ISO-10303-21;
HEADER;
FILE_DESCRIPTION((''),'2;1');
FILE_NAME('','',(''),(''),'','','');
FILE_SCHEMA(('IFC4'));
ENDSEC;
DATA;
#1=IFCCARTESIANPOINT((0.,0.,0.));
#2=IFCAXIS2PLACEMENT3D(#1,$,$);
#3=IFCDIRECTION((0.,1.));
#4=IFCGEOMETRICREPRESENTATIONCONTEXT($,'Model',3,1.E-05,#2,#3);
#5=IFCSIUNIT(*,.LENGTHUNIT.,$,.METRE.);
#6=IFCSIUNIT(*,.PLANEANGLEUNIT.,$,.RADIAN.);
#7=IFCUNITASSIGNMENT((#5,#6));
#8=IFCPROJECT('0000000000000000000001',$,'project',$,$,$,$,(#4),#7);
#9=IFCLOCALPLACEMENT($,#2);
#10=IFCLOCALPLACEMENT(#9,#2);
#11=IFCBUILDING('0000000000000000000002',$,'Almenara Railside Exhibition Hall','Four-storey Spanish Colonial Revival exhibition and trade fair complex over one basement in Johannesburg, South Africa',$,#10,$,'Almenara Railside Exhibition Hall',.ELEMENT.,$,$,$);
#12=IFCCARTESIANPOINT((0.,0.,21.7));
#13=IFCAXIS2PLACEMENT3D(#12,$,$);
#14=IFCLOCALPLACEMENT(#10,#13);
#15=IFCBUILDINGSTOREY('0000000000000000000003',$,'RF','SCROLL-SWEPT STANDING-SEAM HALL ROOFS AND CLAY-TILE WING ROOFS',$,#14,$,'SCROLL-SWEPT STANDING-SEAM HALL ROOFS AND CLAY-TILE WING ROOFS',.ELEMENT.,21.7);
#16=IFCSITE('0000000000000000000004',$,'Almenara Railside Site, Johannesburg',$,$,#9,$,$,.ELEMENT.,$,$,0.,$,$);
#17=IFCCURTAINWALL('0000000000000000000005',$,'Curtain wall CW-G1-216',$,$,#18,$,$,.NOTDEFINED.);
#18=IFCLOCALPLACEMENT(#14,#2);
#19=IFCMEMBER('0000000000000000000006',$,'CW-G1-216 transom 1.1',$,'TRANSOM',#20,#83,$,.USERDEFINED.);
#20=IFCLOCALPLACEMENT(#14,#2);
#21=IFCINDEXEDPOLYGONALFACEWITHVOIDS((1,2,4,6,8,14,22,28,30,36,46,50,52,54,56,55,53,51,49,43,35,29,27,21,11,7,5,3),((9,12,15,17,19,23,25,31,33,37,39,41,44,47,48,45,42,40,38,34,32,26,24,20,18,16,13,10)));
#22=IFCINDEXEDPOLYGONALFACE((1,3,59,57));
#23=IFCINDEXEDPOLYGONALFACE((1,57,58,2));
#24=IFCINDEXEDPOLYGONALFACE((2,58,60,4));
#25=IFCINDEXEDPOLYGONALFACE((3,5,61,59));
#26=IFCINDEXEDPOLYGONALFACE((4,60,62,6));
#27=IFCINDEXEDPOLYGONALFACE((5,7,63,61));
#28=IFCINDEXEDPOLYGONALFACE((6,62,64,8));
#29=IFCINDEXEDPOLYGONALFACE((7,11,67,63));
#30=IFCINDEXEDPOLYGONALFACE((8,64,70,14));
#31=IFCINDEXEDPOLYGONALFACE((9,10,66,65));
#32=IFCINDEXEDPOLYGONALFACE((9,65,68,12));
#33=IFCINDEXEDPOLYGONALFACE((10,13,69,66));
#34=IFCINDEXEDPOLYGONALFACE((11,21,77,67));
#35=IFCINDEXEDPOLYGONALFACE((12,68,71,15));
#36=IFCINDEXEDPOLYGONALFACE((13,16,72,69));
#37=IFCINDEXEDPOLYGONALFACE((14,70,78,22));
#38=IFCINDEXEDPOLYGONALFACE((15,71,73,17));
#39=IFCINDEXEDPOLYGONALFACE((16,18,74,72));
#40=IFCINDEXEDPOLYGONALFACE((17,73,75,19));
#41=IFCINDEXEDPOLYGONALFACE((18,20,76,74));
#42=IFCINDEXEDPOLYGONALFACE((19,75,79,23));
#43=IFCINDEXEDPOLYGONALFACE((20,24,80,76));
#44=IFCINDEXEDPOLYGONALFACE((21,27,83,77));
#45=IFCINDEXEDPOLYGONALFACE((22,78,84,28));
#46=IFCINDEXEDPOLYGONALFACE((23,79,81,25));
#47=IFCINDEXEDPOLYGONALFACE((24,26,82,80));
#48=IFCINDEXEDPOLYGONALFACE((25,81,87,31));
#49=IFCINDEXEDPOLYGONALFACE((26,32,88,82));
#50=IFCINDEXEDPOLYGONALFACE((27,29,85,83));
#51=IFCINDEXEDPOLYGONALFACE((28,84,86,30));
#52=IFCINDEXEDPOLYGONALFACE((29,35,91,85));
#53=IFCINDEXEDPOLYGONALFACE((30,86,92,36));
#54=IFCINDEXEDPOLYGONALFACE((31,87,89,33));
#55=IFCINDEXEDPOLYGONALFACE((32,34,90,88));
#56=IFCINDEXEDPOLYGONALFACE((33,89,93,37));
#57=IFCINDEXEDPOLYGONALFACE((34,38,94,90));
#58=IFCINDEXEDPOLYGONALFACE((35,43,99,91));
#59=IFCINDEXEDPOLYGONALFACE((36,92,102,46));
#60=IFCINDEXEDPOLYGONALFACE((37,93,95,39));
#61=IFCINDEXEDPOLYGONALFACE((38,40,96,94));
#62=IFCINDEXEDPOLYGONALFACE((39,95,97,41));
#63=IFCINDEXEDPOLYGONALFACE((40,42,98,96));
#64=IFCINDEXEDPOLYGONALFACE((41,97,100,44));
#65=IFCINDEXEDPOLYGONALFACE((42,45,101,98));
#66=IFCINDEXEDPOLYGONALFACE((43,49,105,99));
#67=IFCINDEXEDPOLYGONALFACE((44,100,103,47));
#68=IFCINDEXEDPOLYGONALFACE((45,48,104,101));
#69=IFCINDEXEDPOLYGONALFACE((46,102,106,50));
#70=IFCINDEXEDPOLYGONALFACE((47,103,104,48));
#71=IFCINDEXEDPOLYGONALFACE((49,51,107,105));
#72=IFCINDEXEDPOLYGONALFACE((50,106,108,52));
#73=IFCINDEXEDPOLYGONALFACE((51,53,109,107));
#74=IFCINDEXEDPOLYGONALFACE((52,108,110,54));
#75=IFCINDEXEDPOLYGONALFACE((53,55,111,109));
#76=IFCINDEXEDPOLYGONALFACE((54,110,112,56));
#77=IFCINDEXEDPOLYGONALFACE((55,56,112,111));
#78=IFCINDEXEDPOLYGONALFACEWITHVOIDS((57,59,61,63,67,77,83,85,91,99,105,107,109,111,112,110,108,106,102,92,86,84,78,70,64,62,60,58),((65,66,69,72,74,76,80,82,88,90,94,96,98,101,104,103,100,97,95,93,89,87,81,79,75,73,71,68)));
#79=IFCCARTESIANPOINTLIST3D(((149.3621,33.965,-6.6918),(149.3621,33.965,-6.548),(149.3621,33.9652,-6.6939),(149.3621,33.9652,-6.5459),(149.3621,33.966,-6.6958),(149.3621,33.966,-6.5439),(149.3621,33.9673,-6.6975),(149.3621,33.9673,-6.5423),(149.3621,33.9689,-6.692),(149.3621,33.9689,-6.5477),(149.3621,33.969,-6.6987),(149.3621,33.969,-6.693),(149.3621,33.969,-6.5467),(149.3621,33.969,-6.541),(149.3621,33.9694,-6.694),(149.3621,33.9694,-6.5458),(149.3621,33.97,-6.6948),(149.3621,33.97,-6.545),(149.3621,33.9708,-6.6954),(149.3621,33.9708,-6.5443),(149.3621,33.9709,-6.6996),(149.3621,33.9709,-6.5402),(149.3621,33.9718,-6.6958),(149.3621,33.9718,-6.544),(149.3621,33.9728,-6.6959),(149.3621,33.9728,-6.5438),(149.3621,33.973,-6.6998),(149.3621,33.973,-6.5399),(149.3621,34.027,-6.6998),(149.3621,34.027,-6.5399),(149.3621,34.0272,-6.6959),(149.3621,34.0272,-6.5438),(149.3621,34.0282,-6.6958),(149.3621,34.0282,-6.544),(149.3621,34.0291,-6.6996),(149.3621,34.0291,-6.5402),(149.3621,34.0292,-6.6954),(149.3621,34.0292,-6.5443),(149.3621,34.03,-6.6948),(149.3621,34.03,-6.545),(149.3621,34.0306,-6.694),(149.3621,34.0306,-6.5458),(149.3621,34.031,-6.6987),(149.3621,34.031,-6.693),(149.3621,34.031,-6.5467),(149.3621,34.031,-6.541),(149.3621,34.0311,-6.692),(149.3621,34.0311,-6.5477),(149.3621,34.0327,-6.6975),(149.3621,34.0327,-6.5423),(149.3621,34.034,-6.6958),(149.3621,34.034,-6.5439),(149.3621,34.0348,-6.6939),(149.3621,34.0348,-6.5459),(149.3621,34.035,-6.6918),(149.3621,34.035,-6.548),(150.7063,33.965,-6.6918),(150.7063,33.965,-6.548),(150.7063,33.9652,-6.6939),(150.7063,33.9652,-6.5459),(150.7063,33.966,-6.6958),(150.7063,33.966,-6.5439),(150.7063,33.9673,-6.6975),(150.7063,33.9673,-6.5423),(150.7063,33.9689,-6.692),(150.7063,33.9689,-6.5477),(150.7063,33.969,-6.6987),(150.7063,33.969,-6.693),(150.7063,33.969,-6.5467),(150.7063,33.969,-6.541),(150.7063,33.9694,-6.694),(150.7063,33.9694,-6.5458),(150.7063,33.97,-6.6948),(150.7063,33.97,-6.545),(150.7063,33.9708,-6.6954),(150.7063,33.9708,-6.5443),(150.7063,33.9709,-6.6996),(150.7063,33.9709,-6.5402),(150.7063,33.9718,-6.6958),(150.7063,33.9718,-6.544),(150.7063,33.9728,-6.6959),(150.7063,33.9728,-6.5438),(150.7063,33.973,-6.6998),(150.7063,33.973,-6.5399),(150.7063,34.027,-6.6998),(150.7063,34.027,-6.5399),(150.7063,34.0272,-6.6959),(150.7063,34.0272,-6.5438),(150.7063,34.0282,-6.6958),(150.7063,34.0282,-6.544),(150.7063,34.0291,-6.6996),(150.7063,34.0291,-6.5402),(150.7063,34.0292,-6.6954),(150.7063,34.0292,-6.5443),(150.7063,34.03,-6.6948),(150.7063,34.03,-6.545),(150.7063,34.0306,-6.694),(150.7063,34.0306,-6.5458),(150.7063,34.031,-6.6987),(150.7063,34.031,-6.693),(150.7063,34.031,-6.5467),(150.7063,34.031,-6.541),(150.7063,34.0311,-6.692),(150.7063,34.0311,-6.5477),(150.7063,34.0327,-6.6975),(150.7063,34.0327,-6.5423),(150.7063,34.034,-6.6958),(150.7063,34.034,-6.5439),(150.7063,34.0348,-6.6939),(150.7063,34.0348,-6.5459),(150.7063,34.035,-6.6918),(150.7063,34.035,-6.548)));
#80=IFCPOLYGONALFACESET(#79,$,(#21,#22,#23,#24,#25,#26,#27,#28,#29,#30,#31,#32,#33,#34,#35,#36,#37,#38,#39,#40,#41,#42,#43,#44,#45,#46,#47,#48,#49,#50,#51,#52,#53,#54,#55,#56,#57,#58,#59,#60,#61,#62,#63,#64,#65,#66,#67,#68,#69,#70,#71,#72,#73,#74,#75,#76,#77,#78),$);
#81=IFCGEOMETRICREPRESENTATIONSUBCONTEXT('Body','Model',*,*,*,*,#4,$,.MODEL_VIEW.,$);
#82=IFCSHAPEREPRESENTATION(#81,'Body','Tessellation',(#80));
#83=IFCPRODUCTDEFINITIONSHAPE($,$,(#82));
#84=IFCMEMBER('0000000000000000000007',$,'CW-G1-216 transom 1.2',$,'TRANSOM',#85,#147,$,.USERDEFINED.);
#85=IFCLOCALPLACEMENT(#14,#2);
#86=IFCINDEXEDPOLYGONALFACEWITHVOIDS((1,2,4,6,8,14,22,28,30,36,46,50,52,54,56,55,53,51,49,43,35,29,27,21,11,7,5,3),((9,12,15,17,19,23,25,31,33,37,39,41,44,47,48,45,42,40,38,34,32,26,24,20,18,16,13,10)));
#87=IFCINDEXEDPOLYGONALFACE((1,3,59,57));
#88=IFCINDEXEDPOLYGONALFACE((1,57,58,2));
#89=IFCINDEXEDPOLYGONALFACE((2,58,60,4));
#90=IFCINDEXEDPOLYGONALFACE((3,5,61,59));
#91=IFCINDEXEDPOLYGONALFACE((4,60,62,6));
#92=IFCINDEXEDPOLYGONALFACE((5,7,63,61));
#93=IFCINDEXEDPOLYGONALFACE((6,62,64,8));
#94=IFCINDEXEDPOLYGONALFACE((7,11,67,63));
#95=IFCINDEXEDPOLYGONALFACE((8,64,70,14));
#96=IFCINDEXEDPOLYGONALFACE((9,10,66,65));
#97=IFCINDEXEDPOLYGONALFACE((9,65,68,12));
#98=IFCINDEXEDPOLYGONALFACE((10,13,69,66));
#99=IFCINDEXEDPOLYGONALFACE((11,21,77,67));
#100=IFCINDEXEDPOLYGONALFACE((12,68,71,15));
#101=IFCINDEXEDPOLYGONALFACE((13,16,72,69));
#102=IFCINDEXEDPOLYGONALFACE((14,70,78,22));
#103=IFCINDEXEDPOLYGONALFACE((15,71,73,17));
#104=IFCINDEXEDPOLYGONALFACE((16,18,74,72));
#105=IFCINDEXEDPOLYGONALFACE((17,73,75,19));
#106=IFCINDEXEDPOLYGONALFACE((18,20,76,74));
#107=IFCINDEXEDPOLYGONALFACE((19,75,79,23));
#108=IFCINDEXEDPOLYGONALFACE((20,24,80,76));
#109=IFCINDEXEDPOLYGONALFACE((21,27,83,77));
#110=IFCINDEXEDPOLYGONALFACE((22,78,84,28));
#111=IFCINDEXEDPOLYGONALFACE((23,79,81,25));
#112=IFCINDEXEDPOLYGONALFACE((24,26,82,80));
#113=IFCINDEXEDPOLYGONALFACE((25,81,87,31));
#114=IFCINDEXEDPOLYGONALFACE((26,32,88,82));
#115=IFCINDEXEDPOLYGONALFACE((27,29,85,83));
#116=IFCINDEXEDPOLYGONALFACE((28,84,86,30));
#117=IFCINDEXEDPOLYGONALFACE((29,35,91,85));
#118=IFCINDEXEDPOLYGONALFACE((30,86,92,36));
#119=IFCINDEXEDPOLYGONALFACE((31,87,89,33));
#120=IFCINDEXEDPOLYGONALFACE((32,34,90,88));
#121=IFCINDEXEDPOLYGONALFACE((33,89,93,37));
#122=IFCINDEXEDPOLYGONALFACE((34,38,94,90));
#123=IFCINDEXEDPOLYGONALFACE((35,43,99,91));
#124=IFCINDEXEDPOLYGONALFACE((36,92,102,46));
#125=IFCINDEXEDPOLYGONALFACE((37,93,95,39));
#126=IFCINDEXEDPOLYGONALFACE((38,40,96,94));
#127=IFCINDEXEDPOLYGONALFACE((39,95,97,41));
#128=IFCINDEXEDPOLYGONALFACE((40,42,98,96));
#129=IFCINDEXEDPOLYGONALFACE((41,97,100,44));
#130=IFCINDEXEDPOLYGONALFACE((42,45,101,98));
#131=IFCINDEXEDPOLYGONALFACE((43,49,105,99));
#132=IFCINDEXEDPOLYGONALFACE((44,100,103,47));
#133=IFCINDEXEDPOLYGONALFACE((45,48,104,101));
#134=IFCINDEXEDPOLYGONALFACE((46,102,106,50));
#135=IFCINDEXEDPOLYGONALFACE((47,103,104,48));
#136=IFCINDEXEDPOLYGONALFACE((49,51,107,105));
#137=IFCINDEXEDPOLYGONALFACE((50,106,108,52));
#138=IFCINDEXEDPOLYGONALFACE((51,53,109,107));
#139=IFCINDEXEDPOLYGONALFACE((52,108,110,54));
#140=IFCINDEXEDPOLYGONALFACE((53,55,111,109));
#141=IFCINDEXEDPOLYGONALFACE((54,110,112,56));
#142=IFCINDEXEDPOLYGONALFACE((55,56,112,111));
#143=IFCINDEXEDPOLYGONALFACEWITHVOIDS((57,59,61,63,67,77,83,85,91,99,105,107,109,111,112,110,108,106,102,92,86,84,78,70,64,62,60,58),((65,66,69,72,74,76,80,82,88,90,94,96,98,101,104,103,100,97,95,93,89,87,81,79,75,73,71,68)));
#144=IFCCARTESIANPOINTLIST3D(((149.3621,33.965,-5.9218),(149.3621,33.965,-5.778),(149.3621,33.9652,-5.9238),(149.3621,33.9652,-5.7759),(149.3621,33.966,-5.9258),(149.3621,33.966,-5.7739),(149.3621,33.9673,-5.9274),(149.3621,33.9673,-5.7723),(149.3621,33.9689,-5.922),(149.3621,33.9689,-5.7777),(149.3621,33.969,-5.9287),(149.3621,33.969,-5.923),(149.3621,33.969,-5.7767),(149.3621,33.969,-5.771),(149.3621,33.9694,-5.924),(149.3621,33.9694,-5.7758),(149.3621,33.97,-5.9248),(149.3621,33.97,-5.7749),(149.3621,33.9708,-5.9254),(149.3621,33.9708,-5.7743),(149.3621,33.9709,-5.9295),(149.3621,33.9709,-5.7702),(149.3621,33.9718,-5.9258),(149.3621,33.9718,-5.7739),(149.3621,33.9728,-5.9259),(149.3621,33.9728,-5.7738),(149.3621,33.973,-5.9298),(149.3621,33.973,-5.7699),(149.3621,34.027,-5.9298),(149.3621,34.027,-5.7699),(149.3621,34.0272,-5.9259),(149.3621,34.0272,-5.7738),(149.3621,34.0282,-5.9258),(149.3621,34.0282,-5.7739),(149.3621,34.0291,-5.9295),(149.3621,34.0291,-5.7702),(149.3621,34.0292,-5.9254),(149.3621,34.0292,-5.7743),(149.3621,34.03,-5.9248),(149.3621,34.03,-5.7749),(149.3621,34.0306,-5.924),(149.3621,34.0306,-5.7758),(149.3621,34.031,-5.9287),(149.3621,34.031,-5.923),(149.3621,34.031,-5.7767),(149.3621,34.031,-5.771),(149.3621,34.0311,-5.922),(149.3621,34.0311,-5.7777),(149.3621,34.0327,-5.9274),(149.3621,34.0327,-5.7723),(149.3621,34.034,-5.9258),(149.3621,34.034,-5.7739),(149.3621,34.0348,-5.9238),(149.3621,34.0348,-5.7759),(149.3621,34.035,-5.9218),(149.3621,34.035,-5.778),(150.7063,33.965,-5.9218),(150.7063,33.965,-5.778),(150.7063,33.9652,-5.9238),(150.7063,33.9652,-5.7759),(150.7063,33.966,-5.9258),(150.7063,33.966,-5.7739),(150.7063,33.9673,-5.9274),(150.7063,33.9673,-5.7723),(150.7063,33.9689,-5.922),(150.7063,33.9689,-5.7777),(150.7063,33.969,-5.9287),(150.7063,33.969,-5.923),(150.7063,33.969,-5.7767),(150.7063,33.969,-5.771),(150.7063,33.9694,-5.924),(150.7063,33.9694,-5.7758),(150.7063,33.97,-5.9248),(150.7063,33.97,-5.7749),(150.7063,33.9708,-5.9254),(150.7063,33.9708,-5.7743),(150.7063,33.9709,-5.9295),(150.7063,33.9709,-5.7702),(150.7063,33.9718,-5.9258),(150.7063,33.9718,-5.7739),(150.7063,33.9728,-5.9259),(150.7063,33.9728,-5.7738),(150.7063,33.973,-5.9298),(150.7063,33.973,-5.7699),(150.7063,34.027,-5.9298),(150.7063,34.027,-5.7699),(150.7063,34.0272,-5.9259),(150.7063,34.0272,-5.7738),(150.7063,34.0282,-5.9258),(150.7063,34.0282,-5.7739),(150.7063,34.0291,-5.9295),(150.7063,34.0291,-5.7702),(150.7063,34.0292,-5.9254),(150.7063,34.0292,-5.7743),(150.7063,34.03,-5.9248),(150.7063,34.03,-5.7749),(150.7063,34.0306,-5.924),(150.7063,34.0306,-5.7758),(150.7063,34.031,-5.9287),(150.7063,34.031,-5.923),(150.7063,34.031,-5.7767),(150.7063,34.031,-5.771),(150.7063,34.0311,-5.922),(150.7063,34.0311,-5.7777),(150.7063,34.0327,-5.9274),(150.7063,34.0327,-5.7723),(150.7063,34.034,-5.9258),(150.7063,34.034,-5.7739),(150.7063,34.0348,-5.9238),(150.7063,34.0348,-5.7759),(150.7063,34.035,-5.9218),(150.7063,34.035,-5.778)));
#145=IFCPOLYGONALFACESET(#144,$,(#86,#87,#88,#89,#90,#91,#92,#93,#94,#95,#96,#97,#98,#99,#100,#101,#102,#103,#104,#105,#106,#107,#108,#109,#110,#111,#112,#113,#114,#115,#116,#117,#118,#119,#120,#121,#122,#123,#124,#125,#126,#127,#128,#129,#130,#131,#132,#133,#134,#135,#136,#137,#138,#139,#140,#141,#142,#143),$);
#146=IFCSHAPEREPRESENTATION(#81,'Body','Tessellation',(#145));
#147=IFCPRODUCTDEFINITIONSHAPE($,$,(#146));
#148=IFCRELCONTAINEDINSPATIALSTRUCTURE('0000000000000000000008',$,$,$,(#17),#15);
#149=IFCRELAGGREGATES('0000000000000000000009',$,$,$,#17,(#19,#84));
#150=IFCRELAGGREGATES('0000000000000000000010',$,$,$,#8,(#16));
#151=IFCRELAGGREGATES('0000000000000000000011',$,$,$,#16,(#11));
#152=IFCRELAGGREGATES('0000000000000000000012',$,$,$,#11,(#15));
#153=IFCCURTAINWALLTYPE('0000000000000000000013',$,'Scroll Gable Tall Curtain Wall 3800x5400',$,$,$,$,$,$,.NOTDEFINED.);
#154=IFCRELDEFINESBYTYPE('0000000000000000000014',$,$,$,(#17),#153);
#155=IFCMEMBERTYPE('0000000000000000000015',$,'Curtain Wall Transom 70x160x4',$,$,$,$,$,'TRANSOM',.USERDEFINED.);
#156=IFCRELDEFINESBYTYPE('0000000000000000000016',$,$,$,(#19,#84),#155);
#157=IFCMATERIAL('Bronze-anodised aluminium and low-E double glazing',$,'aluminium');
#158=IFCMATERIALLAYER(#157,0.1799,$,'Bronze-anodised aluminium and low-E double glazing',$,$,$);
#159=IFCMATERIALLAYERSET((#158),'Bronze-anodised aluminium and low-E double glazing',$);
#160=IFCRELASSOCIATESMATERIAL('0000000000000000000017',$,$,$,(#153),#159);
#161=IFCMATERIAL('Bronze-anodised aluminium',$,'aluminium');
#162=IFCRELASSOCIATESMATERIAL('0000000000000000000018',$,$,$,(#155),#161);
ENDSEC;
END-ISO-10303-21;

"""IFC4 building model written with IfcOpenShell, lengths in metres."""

from ifc_helpers import new_model, si_unit, direction, frame, origin, origin_2d, place, context, subcontext, project, spatial, hollow_rectangle, extrude, material, layer, layer_set, material_profile, profile_set, type_object, element, aggregate, save


model = new_model("IFC4")

# Units and contexts
model_context = context("Model", 3, precision=1e-05, world=origin(), true_north=direction((0.0, 1.0)))
body_context = subcontext(model_context, "Body", "Model", "MODEL_VIEW")
ifc_project = project(units=[si_unit("LENGTHUNIT", "METRE"), si_unit("PLANEANGLEUNIT", "RADIAN")], contexts=[model_context])

# Site, building, storey
site_placement = place(None, origin())
site = spatial("IfcSite", under=ifc_project, at=site_placement, Name="Almenara Railside Site, Johannesburg", CompositionType="ELEMENT", RefElevation=0.0)
building_placement = place(site_placement, origin())
building = spatial("IfcBuilding", under=site, at=building_placement, Name="Almenara Railside Exhibition Hall", Description="Four-storey Spanish Colonial Revival exhibition and trade fair complex over one basement in Johannesburg, South Africa", LongName="Almenara Railside Exhibition Hall", CompositionType="ELEMENT")
storey_placement = place(building_placement, frame((0.0, 0.0, 21.7)))
storey = spatial("IfcBuildingStorey", under=building, at=storey_placement, Name="RF", Description="SCROLL-SWEPT STANDING-SEAM HALL ROOFS AND CLAY-TILE WING ROOFS", LongName="SCROLL-SWEPT STANDING-SEAM HALL ROOFS AND CLAY-TILE WING ROOFS", CompositionType="ELEMENT", Elevation=21.7)

# Shared definitions
ifc_material_1 = material(Name="Bronze-anodised aluminium and low-E double glazing", Category="aluminium")
ifc_material_2 = material(Name="Bronze-anodised aluminium", Category="aluminium")

# Curtain wall, members
ifc_layer_1 = layer(ifc_material_1, 0.1799, Name="Bronze-anodised aluminium and low-E double glazing")
ifc_layer_set_1 = layer_set([ifc_layer_1], Name="Bronze-anodised aluminium and low-E double glazing")
curtain_wall_type_1 = type_object("IfcCurtainWallType", Name="Scroll Gable Tall Curtain Wall 3800x5400", PredefinedType="NOTDEFINED", material=ifc_layer_set_1)
curtain_wall_1_placement = place(storey_placement, origin())
curtain_wall_1 = element("IfcCurtainWall", 1, at=curtain_wall_1_placement, inside=storey, type_object=curtain_wall_type_1, Name="Curtain wall CW-G1-216", PredefinedType="NOTDEFINED")
ifc_material_profile_1 = material_profile(ifc_material_2, hollow_rectangle(XDim=0.0701, YDim=0.1599, WallThickness=0.0039, InnerFilletRadius=0.0039, OuterFilletRadius=0.0081, at=origin_2d()), Name="ALU-TRN 70x160x4")
ifc_profile_set_1 = profile_set([ifc_material_profile_1], Name="Bronze-anodised aluminium")
member_type_1 = type_object("IfcMemberType", Name="Curtain Wall Transom 70x160x4", ElementType="TRANSOM", PredefinedType="USERDEFINED", material=ifc_profile_set_1)
member_1_placement = place(storey_placement, frame((149.3621, 34.0, -6.6199), z_axis=(1.0, 0.0, 0.0), x_axis=(0.0, 1.0, 0.0)))
member_1 = element("IfcMember", 2, at=member_1_placement, type_object=member_type_1, Name="CW-G1-216 transom 1.1", ObjectType="TRANSOM", PredefinedType="USERDEFINED", context=body_context, shape_type="SweptSolid", body=[
    extrude(hollow_rectangle(XDim=0.0701, YDim=0.1599, WallThickness=0.0039, InnerFilletRadius=0.0039, OuterFilletRadius=0.0081, at=origin_2d()), origin(), (0.0, 0.0, 1.0), 1.3442),
])
member_2_placement = place(storey_placement, frame((149.3621, 34.0, -5.8499), z_axis=(1.0, 0.0, 0.0), x_axis=(0.0, 1.0, 0.0)))
member_2 = element("IfcMember", 3, at=member_2_placement, type_object=member_type_1, Name="CW-G1-216 transom 1.2", ObjectType="TRANSOM", PredefinedType="USERDEFINED", context=body_context, shape_type="SweptSolid", body=[
    extrude(hollow_rectangle(XDim=0.0701, YDim=0.1599, WallThickness=0.0039, InnerFilletRadius=0.0039, OuterFilletRadius=0.0081, at=origin_2d()), origin(), (0.0, 0.0, 1.0), 1.3442),
])

aggregate(curtain_wall_1, [member_1, member_2])

save(model, "model.ifc")
